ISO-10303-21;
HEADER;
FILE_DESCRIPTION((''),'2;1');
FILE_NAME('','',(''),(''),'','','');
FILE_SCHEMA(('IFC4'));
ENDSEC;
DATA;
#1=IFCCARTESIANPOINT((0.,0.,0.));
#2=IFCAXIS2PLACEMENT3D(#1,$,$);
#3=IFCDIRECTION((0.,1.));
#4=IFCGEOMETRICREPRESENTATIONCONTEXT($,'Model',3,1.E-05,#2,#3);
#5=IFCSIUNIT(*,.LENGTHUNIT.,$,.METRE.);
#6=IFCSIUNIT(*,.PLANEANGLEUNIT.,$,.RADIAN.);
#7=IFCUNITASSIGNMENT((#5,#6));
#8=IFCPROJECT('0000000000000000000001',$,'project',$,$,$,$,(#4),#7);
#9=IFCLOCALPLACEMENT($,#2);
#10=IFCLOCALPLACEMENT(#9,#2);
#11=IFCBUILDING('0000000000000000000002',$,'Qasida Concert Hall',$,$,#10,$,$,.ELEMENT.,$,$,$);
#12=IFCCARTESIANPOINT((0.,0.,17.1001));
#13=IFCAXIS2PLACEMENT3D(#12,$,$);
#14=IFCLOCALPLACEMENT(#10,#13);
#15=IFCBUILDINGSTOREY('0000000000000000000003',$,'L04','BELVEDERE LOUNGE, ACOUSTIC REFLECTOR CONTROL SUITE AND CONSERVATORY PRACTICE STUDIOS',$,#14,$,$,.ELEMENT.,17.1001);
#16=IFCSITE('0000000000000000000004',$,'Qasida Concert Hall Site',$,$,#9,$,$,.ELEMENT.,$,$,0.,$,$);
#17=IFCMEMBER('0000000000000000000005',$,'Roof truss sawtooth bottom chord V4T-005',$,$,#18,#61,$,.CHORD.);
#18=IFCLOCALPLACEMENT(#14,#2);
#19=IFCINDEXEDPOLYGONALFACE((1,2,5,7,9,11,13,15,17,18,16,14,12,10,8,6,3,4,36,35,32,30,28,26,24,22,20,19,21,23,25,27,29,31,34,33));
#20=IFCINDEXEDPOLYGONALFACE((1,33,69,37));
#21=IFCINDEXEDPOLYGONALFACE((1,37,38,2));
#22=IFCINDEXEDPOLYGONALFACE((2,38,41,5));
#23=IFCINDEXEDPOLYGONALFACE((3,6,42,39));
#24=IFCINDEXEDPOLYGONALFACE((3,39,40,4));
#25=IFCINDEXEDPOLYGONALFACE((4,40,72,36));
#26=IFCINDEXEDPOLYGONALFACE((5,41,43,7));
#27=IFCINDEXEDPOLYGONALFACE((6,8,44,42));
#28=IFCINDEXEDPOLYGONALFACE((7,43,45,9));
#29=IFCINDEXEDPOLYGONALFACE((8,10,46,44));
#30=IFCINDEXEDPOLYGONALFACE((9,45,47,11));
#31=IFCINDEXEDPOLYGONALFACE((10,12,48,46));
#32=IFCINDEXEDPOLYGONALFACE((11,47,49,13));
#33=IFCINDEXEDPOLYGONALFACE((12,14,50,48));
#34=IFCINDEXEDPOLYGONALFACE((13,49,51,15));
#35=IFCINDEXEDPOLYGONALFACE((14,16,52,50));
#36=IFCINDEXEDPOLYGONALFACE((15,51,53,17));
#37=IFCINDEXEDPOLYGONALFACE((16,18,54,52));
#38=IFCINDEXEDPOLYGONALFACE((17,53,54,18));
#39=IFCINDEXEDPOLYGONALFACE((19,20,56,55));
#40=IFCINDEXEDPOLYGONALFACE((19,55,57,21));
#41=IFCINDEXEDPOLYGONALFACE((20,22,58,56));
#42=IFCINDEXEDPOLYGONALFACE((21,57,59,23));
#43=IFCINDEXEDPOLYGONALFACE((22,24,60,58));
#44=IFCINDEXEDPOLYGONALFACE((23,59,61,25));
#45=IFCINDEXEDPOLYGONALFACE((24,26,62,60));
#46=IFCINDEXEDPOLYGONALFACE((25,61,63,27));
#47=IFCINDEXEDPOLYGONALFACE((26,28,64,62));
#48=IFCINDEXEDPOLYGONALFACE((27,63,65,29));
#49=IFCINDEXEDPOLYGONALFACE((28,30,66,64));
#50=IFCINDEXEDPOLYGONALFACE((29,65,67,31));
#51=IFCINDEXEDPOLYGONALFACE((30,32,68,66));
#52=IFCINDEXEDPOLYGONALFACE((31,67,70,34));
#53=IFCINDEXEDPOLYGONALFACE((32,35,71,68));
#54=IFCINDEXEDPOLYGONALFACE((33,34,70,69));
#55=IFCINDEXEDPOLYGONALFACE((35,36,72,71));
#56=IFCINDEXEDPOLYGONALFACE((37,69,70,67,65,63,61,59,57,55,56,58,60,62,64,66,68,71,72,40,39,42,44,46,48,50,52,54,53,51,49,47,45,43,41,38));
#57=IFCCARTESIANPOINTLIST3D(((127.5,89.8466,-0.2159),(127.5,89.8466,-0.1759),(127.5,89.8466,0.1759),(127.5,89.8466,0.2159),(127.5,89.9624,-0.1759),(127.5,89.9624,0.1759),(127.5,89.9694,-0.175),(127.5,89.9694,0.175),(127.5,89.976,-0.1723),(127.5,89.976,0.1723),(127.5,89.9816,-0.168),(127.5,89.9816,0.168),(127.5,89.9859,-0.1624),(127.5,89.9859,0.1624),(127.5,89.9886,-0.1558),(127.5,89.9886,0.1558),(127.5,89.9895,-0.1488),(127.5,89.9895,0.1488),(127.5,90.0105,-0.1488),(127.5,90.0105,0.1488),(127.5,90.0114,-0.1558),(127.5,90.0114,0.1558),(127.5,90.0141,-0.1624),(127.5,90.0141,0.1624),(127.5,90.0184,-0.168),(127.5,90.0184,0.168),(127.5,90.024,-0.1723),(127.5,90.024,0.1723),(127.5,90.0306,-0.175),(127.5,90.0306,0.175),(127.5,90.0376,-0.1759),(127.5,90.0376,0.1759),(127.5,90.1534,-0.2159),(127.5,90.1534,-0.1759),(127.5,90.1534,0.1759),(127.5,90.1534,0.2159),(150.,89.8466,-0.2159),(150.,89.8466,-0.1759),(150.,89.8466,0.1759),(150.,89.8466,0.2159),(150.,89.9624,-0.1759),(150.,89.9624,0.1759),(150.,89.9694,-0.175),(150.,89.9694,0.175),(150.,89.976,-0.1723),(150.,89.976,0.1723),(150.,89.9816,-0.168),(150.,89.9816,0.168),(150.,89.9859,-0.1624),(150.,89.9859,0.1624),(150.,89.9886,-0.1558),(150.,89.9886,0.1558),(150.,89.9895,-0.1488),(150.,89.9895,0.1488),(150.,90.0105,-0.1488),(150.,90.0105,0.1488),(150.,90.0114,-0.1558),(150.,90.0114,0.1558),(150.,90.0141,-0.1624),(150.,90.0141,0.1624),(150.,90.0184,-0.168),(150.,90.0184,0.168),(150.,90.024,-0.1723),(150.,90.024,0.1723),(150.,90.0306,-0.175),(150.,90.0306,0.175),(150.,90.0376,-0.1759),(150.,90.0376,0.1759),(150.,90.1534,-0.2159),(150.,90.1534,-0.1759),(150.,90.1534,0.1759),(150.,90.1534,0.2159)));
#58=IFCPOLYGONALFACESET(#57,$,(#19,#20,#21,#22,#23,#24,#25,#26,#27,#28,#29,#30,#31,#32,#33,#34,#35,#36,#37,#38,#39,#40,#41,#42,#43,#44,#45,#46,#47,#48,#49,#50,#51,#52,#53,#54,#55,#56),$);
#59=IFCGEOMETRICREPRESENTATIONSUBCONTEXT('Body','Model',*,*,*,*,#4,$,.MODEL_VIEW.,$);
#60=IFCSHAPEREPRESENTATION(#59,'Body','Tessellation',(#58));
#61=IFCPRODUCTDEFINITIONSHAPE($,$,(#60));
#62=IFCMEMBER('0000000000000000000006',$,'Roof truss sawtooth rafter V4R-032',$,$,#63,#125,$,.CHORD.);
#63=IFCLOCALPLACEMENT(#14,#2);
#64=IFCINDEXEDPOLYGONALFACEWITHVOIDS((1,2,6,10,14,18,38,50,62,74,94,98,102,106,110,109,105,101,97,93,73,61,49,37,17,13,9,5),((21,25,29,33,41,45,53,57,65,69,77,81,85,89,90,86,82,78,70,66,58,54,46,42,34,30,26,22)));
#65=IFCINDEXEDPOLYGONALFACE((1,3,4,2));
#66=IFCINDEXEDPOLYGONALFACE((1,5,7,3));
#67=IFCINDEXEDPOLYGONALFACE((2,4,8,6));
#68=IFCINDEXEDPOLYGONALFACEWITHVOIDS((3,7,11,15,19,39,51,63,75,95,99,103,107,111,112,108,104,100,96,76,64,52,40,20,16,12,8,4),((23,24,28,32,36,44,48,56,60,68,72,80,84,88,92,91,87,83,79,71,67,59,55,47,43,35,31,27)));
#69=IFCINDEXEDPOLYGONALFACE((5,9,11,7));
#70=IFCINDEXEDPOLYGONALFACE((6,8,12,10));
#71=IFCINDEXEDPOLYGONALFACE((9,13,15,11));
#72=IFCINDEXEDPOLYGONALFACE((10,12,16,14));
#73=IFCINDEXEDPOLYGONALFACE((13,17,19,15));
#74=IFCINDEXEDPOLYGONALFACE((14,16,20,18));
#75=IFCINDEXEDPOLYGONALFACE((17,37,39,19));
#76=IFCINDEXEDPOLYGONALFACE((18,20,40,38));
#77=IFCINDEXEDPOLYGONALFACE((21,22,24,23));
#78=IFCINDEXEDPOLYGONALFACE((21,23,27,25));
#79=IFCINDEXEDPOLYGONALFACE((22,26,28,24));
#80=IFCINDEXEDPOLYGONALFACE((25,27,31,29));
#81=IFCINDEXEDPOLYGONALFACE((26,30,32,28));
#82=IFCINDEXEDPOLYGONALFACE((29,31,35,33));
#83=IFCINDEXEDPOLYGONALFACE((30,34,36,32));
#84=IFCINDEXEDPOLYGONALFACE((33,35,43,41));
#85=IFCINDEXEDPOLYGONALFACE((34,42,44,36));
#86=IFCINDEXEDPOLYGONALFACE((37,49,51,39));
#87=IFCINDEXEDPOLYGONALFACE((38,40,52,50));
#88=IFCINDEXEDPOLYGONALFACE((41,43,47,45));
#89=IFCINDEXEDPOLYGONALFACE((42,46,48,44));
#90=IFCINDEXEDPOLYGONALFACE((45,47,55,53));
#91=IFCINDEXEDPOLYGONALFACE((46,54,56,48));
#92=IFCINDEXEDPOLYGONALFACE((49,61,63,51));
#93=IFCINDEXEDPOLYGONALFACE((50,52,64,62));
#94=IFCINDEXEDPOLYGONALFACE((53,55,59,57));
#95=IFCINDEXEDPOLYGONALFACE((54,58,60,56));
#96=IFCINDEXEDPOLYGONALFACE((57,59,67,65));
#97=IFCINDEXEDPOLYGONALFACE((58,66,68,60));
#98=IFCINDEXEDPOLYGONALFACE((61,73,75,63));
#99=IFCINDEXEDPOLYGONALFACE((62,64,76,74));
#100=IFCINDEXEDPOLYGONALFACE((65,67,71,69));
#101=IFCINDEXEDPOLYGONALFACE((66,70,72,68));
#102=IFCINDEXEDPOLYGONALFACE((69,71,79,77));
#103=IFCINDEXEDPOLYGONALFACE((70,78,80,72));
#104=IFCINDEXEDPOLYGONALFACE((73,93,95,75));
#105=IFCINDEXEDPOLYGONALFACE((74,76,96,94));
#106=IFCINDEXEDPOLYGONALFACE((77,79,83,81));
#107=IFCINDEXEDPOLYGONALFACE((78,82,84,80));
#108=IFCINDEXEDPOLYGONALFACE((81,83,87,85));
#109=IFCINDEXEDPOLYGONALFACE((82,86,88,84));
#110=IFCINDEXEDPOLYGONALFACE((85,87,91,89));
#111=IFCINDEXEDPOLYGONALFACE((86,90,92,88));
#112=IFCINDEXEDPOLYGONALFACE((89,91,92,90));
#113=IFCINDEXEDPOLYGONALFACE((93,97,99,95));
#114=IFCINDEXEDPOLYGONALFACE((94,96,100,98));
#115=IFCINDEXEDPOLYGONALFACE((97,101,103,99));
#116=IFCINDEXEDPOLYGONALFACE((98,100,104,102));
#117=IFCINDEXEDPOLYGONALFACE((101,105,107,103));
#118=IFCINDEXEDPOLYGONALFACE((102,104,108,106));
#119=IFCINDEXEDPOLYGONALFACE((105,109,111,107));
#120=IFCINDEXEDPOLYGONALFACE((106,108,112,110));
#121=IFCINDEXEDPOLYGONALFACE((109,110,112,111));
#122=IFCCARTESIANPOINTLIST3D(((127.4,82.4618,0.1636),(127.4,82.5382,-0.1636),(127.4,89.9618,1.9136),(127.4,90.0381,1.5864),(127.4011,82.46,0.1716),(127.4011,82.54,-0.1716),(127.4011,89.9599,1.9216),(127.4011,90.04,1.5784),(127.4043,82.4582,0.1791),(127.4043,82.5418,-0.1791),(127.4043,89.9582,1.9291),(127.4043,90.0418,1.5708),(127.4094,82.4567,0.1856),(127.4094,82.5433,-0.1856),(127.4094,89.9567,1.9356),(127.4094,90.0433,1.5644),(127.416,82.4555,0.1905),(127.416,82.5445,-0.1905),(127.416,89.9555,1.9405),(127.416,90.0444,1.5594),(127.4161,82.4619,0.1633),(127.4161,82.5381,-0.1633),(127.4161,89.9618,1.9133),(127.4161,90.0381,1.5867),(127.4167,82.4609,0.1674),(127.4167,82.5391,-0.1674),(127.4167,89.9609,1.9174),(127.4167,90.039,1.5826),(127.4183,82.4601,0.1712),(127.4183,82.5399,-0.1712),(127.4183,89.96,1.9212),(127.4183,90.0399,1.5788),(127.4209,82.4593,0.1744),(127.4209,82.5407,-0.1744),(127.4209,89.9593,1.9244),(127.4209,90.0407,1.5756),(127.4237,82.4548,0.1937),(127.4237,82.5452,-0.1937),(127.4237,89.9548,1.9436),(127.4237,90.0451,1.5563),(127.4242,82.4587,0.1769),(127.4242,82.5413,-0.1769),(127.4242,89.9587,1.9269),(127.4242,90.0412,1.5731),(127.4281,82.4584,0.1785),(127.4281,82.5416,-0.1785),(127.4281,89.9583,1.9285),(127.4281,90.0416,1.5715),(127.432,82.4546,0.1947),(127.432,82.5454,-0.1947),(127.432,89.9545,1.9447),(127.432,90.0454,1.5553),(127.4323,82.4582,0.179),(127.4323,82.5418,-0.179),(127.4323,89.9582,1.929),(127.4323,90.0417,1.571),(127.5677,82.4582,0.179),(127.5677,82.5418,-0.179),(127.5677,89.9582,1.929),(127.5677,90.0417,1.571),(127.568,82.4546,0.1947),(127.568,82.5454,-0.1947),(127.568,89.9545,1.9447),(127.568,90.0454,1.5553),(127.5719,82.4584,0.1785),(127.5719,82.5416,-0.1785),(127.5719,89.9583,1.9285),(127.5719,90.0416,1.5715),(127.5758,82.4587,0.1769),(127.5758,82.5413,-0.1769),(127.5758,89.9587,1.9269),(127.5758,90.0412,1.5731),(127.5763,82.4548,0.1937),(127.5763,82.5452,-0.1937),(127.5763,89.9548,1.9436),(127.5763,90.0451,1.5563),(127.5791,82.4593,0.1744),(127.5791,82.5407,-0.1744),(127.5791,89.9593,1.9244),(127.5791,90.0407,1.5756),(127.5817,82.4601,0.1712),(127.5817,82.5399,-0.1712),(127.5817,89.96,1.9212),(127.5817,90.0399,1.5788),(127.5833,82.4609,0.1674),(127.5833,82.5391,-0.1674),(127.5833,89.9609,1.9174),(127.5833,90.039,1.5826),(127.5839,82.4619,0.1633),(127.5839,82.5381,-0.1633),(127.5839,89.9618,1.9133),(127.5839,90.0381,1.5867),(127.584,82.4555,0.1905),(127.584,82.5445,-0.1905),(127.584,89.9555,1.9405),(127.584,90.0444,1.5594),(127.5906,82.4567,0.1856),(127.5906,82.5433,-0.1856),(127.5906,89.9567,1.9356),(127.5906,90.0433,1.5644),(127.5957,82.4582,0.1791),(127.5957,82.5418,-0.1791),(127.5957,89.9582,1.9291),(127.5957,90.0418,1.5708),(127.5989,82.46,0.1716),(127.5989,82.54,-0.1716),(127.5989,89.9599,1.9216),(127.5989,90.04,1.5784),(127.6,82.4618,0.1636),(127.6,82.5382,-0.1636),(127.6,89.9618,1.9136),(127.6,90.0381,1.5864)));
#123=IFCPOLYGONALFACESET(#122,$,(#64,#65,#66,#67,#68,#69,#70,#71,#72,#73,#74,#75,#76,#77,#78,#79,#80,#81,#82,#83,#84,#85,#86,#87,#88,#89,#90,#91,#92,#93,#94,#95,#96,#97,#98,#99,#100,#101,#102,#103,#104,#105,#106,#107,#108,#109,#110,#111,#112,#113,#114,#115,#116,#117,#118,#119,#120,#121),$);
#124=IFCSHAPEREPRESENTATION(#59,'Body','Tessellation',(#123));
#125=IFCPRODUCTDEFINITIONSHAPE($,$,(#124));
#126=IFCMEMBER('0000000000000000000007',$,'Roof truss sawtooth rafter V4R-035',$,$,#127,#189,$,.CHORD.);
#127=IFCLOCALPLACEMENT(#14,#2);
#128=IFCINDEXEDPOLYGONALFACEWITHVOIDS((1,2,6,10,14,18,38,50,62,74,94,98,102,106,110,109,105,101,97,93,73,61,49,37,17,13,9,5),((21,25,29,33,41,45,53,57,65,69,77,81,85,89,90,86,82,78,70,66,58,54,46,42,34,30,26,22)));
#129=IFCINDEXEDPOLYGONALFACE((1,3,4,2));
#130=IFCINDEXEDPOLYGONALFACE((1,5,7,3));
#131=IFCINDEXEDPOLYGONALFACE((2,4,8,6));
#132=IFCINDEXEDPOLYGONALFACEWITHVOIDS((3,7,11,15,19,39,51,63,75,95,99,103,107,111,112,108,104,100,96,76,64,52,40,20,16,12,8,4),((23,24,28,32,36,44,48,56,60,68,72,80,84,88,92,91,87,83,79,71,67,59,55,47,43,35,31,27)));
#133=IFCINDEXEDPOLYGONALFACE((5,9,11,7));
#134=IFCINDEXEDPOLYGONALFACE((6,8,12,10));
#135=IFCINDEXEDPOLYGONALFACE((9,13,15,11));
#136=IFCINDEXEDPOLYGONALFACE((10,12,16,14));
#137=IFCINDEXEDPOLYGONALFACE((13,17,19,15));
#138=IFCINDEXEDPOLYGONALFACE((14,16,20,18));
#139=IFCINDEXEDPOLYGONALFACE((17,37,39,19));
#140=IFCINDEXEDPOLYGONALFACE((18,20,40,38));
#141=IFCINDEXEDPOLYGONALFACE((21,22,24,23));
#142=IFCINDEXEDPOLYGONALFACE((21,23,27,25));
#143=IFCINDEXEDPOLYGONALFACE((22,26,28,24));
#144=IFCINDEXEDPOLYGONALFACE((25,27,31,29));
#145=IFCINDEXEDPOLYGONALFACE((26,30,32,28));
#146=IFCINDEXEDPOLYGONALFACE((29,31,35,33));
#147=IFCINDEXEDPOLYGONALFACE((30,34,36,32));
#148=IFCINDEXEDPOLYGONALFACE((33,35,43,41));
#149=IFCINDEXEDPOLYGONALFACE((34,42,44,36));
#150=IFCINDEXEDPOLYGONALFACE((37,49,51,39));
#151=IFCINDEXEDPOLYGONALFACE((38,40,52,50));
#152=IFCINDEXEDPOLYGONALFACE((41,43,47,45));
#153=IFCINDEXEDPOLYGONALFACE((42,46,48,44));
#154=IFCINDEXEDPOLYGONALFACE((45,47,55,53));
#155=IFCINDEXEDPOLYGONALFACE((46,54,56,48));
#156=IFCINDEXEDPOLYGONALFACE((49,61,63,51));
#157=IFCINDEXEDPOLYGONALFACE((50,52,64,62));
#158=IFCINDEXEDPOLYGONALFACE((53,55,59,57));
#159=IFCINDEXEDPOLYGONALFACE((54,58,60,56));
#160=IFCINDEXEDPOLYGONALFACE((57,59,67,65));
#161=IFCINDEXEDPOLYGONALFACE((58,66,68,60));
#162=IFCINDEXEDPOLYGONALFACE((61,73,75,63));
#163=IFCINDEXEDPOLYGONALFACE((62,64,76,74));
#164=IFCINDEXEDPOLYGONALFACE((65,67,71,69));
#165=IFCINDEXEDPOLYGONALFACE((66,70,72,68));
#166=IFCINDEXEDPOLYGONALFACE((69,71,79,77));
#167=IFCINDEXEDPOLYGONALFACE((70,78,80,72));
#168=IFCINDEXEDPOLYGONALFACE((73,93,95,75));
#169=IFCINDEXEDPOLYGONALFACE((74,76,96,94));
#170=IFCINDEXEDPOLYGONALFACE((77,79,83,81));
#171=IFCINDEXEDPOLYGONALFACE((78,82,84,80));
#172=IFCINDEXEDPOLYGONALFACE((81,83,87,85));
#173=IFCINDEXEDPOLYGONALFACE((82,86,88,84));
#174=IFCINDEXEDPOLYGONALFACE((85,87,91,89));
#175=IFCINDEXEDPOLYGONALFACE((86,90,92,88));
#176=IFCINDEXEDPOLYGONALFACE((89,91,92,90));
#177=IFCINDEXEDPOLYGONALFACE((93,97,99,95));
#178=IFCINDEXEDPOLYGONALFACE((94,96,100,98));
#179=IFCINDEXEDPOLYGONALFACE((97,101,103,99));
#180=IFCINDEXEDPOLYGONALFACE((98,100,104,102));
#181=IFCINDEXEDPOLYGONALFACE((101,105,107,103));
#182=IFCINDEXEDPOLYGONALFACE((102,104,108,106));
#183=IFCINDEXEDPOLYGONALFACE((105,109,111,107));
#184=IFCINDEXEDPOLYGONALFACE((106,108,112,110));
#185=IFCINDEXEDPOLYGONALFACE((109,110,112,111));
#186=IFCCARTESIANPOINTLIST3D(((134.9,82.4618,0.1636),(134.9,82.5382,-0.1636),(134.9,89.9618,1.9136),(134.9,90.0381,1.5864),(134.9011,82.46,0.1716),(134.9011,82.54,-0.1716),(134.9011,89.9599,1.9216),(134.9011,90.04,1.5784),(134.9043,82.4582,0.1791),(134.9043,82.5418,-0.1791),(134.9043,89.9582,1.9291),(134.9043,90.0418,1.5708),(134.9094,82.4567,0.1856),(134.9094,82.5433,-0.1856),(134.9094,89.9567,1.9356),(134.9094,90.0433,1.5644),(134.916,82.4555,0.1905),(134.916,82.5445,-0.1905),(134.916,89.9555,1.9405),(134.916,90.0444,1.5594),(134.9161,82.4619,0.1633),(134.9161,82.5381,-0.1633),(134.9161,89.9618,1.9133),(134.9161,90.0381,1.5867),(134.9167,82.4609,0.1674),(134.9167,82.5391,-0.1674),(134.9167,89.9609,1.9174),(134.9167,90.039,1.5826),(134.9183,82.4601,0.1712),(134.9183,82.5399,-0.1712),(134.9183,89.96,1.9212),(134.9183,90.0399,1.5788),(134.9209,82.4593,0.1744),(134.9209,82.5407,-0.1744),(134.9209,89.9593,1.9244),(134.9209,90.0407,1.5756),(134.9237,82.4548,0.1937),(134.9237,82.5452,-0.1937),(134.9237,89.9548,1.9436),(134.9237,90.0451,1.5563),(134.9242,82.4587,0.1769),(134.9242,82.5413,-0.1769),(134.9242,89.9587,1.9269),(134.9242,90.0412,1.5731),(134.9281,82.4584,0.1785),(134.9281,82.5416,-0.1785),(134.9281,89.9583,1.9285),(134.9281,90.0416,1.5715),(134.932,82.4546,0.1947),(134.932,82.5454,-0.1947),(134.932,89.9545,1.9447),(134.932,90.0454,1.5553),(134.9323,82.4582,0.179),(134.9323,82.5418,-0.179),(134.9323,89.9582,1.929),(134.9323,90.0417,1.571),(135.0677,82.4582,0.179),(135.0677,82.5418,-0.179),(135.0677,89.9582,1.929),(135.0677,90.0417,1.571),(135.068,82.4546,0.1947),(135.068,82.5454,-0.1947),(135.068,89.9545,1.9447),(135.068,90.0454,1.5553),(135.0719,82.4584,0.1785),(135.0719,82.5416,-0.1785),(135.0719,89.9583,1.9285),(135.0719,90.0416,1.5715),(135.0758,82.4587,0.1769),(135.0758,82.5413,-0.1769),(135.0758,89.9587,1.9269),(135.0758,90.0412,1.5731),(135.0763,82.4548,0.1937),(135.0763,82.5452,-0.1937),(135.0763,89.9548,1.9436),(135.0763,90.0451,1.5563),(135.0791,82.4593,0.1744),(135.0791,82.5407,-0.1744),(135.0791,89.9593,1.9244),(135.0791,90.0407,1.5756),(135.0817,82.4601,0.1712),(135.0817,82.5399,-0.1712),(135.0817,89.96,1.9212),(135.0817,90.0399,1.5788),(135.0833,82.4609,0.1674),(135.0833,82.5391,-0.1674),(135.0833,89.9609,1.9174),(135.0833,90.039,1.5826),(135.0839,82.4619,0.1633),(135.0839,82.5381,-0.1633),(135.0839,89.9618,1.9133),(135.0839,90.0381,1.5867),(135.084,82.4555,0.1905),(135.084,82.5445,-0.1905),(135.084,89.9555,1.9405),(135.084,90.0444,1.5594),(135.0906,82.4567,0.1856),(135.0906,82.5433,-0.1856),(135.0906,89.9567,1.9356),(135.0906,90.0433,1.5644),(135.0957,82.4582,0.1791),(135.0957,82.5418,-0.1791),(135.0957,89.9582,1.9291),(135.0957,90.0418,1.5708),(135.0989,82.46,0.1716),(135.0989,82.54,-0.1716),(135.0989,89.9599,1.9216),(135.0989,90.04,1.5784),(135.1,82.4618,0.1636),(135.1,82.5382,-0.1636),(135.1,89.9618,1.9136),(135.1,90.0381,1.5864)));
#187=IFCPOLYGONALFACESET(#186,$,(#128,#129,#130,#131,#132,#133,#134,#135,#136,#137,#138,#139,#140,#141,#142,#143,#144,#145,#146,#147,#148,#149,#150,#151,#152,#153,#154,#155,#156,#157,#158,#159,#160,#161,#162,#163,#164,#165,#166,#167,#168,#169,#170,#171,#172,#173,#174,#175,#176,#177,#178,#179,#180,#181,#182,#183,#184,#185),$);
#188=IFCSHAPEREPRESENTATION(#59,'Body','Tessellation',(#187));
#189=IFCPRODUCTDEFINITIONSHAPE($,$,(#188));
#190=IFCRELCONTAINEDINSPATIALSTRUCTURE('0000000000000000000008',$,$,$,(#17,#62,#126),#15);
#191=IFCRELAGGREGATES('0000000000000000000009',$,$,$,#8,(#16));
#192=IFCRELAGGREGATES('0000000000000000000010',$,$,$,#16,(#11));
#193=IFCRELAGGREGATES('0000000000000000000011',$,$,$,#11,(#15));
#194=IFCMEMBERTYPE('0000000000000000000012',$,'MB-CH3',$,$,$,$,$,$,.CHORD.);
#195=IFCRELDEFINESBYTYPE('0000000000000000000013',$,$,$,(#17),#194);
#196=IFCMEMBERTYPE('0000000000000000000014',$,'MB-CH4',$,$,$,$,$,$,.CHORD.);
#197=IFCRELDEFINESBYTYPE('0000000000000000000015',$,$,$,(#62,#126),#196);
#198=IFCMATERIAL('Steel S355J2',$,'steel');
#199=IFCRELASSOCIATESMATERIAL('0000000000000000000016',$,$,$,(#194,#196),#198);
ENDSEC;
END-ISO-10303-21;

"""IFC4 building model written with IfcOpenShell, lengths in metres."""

from ifc_helpers import new_model, si_unit, direction, frame, origin, origin_2d, place, context, subcontext, project, spatial, hollow_rectangle, i_section, extrude, material, material_profile, profile_set, type_object, element, save


model = new_model("IFC4")

# Units and contexts
model_context = context("Model", 3, precision=1e-05, world=origin(), true_north=direction((0.0, 1.0)))
body_context = subcontext(model_context, "Body", "Model", "MODEL_VIEW")
ifc_project = project(units=[si_unit("LENGTHUNIT", "METRE"), si_unit("PLANEANGLEUNIT", "RADIAN")], contexts=[model_context])

# Site, building, storey
site_placement = place(None, origin())
site = spatial("IfcSite", under=ifc_project, at=site_placement, Name="Qasida Concert Hall Site", CompositionType="ELEMENT", RefElevation=0.0)
building_placement = place(site_placement, origin())
building = spatial("IfcBuilding", under=site, at=building_placement, Name="Qasida Concert Hall", CompositionType="ELEMENT")
storey_placement = place(building_placement, frame((0.0, 0.0, 17.1001)))
storey = spatial("IfcBuildingStorey", under=building, at=storey_placement, Name="L04", Description="BELVEDERE LOUNGE, ACOUSTIC REFLECTOR CONTROL SUITE AND CONSERVATORY PRACTICE STUDIOS", CompositionType="ELEMENT", Elevation=17.1001)

# Shared definitions
ifc_material_1 = material(Name="Steel S355J2", Category="steel")

# Members
ifc_material_profile_1 = material_profile(ifc_material_1, i_section(OverallWidth=0.3069, OverallDepth=0.4319, WebThickness=0.021, FlangeThickness=0.04, FilletRadius=0.0271, at=origin_2d()), Name="HEM 400")
ifc_profile_set_1 = profile_set([ifc_material_profile_1], Name="Steel S355J2")
member_type_1 = type_object("IfcMemberType", Name="MB-CH3", PredefinedType="CHORD", material=ifc_profile_set_1)
for number, where, z_axis, x_axis, name in (
    (1, (127.5, 90.0, 0.0), (1.0, 0.0, 0.0), (0.0, 1.0, 0.0), "Roof truss sawtooth bottom chord V4T-005"),
):
    element("IfcMember", number, at=place(storey_placement, frame(where, z_axis=z_axis, x_axis=x_axis)), inside=storey, type_object=member_type_1, Name=name, PredefinedType="CHORD", context=body_context, shape_type="SweptSolid", body=[
        extrude(i_section(OverallWidth=0.3069, OverallDepth=0.4319, WebThickness=0.021, FlangeThickness=0.04, FilletRadius=0.0271, at=origin_2d()), origin(), (0.0, 0.0, 1.0), 22.5),
    ])
ifc_material_profile_2 = material_profile(ifc_material_1, hollow_rectangle(XDim=0.2, YDim=0.3999, WallThickness=0.0161, InnerFilletRadius=0.0161, OuterFilletRadius=0.032, at=origin_2d()), Name="RHS 400x200x16")
ifc_profile_set_2 = profile_set([ifc_material_profile_2], Name="Steel S355J2")
member_type_2 = type_object("IfcMemberType", Name="MB-CH4", PredefinedType="CHORD", material=ifc_profile_set_2)
for number, where, z_axis, x_axis, name in (
    (2, (127.5, 82.5, 0.0), (0.0, 0.973841, 0.22723), (-1.0, 0.0, 0.0), "Roof truss sawtooth rafter V4R-032"),
    (3, (135.0, 82.5, 0.0), (0.0, 0.973841, 0.22723), (-1.0, 0.0, 0.0), "Roof truss sawtooth rafter V4R-035"),
):
    element("IfcMember", number, at=place(storey_placement, frame(where, z_axis=z_axis, x_axis=x_axis)), inside=storey, type_object=member_type_2, Name=name, PredefinedType="CHORD", context=body_context, shape_type="SweptSolid", body=[
        extrude(hollow_rectangle(XDim=0.2, YDim=0.3999, WallThickness=0.0161, InnerFilletRadius=0.0161, OuterFilletRadius=0.032, at=origin_2d()), origin(), (0.0, 0.0, 1.0), 7.7014),
    ])

save(model, "model.ifc")
